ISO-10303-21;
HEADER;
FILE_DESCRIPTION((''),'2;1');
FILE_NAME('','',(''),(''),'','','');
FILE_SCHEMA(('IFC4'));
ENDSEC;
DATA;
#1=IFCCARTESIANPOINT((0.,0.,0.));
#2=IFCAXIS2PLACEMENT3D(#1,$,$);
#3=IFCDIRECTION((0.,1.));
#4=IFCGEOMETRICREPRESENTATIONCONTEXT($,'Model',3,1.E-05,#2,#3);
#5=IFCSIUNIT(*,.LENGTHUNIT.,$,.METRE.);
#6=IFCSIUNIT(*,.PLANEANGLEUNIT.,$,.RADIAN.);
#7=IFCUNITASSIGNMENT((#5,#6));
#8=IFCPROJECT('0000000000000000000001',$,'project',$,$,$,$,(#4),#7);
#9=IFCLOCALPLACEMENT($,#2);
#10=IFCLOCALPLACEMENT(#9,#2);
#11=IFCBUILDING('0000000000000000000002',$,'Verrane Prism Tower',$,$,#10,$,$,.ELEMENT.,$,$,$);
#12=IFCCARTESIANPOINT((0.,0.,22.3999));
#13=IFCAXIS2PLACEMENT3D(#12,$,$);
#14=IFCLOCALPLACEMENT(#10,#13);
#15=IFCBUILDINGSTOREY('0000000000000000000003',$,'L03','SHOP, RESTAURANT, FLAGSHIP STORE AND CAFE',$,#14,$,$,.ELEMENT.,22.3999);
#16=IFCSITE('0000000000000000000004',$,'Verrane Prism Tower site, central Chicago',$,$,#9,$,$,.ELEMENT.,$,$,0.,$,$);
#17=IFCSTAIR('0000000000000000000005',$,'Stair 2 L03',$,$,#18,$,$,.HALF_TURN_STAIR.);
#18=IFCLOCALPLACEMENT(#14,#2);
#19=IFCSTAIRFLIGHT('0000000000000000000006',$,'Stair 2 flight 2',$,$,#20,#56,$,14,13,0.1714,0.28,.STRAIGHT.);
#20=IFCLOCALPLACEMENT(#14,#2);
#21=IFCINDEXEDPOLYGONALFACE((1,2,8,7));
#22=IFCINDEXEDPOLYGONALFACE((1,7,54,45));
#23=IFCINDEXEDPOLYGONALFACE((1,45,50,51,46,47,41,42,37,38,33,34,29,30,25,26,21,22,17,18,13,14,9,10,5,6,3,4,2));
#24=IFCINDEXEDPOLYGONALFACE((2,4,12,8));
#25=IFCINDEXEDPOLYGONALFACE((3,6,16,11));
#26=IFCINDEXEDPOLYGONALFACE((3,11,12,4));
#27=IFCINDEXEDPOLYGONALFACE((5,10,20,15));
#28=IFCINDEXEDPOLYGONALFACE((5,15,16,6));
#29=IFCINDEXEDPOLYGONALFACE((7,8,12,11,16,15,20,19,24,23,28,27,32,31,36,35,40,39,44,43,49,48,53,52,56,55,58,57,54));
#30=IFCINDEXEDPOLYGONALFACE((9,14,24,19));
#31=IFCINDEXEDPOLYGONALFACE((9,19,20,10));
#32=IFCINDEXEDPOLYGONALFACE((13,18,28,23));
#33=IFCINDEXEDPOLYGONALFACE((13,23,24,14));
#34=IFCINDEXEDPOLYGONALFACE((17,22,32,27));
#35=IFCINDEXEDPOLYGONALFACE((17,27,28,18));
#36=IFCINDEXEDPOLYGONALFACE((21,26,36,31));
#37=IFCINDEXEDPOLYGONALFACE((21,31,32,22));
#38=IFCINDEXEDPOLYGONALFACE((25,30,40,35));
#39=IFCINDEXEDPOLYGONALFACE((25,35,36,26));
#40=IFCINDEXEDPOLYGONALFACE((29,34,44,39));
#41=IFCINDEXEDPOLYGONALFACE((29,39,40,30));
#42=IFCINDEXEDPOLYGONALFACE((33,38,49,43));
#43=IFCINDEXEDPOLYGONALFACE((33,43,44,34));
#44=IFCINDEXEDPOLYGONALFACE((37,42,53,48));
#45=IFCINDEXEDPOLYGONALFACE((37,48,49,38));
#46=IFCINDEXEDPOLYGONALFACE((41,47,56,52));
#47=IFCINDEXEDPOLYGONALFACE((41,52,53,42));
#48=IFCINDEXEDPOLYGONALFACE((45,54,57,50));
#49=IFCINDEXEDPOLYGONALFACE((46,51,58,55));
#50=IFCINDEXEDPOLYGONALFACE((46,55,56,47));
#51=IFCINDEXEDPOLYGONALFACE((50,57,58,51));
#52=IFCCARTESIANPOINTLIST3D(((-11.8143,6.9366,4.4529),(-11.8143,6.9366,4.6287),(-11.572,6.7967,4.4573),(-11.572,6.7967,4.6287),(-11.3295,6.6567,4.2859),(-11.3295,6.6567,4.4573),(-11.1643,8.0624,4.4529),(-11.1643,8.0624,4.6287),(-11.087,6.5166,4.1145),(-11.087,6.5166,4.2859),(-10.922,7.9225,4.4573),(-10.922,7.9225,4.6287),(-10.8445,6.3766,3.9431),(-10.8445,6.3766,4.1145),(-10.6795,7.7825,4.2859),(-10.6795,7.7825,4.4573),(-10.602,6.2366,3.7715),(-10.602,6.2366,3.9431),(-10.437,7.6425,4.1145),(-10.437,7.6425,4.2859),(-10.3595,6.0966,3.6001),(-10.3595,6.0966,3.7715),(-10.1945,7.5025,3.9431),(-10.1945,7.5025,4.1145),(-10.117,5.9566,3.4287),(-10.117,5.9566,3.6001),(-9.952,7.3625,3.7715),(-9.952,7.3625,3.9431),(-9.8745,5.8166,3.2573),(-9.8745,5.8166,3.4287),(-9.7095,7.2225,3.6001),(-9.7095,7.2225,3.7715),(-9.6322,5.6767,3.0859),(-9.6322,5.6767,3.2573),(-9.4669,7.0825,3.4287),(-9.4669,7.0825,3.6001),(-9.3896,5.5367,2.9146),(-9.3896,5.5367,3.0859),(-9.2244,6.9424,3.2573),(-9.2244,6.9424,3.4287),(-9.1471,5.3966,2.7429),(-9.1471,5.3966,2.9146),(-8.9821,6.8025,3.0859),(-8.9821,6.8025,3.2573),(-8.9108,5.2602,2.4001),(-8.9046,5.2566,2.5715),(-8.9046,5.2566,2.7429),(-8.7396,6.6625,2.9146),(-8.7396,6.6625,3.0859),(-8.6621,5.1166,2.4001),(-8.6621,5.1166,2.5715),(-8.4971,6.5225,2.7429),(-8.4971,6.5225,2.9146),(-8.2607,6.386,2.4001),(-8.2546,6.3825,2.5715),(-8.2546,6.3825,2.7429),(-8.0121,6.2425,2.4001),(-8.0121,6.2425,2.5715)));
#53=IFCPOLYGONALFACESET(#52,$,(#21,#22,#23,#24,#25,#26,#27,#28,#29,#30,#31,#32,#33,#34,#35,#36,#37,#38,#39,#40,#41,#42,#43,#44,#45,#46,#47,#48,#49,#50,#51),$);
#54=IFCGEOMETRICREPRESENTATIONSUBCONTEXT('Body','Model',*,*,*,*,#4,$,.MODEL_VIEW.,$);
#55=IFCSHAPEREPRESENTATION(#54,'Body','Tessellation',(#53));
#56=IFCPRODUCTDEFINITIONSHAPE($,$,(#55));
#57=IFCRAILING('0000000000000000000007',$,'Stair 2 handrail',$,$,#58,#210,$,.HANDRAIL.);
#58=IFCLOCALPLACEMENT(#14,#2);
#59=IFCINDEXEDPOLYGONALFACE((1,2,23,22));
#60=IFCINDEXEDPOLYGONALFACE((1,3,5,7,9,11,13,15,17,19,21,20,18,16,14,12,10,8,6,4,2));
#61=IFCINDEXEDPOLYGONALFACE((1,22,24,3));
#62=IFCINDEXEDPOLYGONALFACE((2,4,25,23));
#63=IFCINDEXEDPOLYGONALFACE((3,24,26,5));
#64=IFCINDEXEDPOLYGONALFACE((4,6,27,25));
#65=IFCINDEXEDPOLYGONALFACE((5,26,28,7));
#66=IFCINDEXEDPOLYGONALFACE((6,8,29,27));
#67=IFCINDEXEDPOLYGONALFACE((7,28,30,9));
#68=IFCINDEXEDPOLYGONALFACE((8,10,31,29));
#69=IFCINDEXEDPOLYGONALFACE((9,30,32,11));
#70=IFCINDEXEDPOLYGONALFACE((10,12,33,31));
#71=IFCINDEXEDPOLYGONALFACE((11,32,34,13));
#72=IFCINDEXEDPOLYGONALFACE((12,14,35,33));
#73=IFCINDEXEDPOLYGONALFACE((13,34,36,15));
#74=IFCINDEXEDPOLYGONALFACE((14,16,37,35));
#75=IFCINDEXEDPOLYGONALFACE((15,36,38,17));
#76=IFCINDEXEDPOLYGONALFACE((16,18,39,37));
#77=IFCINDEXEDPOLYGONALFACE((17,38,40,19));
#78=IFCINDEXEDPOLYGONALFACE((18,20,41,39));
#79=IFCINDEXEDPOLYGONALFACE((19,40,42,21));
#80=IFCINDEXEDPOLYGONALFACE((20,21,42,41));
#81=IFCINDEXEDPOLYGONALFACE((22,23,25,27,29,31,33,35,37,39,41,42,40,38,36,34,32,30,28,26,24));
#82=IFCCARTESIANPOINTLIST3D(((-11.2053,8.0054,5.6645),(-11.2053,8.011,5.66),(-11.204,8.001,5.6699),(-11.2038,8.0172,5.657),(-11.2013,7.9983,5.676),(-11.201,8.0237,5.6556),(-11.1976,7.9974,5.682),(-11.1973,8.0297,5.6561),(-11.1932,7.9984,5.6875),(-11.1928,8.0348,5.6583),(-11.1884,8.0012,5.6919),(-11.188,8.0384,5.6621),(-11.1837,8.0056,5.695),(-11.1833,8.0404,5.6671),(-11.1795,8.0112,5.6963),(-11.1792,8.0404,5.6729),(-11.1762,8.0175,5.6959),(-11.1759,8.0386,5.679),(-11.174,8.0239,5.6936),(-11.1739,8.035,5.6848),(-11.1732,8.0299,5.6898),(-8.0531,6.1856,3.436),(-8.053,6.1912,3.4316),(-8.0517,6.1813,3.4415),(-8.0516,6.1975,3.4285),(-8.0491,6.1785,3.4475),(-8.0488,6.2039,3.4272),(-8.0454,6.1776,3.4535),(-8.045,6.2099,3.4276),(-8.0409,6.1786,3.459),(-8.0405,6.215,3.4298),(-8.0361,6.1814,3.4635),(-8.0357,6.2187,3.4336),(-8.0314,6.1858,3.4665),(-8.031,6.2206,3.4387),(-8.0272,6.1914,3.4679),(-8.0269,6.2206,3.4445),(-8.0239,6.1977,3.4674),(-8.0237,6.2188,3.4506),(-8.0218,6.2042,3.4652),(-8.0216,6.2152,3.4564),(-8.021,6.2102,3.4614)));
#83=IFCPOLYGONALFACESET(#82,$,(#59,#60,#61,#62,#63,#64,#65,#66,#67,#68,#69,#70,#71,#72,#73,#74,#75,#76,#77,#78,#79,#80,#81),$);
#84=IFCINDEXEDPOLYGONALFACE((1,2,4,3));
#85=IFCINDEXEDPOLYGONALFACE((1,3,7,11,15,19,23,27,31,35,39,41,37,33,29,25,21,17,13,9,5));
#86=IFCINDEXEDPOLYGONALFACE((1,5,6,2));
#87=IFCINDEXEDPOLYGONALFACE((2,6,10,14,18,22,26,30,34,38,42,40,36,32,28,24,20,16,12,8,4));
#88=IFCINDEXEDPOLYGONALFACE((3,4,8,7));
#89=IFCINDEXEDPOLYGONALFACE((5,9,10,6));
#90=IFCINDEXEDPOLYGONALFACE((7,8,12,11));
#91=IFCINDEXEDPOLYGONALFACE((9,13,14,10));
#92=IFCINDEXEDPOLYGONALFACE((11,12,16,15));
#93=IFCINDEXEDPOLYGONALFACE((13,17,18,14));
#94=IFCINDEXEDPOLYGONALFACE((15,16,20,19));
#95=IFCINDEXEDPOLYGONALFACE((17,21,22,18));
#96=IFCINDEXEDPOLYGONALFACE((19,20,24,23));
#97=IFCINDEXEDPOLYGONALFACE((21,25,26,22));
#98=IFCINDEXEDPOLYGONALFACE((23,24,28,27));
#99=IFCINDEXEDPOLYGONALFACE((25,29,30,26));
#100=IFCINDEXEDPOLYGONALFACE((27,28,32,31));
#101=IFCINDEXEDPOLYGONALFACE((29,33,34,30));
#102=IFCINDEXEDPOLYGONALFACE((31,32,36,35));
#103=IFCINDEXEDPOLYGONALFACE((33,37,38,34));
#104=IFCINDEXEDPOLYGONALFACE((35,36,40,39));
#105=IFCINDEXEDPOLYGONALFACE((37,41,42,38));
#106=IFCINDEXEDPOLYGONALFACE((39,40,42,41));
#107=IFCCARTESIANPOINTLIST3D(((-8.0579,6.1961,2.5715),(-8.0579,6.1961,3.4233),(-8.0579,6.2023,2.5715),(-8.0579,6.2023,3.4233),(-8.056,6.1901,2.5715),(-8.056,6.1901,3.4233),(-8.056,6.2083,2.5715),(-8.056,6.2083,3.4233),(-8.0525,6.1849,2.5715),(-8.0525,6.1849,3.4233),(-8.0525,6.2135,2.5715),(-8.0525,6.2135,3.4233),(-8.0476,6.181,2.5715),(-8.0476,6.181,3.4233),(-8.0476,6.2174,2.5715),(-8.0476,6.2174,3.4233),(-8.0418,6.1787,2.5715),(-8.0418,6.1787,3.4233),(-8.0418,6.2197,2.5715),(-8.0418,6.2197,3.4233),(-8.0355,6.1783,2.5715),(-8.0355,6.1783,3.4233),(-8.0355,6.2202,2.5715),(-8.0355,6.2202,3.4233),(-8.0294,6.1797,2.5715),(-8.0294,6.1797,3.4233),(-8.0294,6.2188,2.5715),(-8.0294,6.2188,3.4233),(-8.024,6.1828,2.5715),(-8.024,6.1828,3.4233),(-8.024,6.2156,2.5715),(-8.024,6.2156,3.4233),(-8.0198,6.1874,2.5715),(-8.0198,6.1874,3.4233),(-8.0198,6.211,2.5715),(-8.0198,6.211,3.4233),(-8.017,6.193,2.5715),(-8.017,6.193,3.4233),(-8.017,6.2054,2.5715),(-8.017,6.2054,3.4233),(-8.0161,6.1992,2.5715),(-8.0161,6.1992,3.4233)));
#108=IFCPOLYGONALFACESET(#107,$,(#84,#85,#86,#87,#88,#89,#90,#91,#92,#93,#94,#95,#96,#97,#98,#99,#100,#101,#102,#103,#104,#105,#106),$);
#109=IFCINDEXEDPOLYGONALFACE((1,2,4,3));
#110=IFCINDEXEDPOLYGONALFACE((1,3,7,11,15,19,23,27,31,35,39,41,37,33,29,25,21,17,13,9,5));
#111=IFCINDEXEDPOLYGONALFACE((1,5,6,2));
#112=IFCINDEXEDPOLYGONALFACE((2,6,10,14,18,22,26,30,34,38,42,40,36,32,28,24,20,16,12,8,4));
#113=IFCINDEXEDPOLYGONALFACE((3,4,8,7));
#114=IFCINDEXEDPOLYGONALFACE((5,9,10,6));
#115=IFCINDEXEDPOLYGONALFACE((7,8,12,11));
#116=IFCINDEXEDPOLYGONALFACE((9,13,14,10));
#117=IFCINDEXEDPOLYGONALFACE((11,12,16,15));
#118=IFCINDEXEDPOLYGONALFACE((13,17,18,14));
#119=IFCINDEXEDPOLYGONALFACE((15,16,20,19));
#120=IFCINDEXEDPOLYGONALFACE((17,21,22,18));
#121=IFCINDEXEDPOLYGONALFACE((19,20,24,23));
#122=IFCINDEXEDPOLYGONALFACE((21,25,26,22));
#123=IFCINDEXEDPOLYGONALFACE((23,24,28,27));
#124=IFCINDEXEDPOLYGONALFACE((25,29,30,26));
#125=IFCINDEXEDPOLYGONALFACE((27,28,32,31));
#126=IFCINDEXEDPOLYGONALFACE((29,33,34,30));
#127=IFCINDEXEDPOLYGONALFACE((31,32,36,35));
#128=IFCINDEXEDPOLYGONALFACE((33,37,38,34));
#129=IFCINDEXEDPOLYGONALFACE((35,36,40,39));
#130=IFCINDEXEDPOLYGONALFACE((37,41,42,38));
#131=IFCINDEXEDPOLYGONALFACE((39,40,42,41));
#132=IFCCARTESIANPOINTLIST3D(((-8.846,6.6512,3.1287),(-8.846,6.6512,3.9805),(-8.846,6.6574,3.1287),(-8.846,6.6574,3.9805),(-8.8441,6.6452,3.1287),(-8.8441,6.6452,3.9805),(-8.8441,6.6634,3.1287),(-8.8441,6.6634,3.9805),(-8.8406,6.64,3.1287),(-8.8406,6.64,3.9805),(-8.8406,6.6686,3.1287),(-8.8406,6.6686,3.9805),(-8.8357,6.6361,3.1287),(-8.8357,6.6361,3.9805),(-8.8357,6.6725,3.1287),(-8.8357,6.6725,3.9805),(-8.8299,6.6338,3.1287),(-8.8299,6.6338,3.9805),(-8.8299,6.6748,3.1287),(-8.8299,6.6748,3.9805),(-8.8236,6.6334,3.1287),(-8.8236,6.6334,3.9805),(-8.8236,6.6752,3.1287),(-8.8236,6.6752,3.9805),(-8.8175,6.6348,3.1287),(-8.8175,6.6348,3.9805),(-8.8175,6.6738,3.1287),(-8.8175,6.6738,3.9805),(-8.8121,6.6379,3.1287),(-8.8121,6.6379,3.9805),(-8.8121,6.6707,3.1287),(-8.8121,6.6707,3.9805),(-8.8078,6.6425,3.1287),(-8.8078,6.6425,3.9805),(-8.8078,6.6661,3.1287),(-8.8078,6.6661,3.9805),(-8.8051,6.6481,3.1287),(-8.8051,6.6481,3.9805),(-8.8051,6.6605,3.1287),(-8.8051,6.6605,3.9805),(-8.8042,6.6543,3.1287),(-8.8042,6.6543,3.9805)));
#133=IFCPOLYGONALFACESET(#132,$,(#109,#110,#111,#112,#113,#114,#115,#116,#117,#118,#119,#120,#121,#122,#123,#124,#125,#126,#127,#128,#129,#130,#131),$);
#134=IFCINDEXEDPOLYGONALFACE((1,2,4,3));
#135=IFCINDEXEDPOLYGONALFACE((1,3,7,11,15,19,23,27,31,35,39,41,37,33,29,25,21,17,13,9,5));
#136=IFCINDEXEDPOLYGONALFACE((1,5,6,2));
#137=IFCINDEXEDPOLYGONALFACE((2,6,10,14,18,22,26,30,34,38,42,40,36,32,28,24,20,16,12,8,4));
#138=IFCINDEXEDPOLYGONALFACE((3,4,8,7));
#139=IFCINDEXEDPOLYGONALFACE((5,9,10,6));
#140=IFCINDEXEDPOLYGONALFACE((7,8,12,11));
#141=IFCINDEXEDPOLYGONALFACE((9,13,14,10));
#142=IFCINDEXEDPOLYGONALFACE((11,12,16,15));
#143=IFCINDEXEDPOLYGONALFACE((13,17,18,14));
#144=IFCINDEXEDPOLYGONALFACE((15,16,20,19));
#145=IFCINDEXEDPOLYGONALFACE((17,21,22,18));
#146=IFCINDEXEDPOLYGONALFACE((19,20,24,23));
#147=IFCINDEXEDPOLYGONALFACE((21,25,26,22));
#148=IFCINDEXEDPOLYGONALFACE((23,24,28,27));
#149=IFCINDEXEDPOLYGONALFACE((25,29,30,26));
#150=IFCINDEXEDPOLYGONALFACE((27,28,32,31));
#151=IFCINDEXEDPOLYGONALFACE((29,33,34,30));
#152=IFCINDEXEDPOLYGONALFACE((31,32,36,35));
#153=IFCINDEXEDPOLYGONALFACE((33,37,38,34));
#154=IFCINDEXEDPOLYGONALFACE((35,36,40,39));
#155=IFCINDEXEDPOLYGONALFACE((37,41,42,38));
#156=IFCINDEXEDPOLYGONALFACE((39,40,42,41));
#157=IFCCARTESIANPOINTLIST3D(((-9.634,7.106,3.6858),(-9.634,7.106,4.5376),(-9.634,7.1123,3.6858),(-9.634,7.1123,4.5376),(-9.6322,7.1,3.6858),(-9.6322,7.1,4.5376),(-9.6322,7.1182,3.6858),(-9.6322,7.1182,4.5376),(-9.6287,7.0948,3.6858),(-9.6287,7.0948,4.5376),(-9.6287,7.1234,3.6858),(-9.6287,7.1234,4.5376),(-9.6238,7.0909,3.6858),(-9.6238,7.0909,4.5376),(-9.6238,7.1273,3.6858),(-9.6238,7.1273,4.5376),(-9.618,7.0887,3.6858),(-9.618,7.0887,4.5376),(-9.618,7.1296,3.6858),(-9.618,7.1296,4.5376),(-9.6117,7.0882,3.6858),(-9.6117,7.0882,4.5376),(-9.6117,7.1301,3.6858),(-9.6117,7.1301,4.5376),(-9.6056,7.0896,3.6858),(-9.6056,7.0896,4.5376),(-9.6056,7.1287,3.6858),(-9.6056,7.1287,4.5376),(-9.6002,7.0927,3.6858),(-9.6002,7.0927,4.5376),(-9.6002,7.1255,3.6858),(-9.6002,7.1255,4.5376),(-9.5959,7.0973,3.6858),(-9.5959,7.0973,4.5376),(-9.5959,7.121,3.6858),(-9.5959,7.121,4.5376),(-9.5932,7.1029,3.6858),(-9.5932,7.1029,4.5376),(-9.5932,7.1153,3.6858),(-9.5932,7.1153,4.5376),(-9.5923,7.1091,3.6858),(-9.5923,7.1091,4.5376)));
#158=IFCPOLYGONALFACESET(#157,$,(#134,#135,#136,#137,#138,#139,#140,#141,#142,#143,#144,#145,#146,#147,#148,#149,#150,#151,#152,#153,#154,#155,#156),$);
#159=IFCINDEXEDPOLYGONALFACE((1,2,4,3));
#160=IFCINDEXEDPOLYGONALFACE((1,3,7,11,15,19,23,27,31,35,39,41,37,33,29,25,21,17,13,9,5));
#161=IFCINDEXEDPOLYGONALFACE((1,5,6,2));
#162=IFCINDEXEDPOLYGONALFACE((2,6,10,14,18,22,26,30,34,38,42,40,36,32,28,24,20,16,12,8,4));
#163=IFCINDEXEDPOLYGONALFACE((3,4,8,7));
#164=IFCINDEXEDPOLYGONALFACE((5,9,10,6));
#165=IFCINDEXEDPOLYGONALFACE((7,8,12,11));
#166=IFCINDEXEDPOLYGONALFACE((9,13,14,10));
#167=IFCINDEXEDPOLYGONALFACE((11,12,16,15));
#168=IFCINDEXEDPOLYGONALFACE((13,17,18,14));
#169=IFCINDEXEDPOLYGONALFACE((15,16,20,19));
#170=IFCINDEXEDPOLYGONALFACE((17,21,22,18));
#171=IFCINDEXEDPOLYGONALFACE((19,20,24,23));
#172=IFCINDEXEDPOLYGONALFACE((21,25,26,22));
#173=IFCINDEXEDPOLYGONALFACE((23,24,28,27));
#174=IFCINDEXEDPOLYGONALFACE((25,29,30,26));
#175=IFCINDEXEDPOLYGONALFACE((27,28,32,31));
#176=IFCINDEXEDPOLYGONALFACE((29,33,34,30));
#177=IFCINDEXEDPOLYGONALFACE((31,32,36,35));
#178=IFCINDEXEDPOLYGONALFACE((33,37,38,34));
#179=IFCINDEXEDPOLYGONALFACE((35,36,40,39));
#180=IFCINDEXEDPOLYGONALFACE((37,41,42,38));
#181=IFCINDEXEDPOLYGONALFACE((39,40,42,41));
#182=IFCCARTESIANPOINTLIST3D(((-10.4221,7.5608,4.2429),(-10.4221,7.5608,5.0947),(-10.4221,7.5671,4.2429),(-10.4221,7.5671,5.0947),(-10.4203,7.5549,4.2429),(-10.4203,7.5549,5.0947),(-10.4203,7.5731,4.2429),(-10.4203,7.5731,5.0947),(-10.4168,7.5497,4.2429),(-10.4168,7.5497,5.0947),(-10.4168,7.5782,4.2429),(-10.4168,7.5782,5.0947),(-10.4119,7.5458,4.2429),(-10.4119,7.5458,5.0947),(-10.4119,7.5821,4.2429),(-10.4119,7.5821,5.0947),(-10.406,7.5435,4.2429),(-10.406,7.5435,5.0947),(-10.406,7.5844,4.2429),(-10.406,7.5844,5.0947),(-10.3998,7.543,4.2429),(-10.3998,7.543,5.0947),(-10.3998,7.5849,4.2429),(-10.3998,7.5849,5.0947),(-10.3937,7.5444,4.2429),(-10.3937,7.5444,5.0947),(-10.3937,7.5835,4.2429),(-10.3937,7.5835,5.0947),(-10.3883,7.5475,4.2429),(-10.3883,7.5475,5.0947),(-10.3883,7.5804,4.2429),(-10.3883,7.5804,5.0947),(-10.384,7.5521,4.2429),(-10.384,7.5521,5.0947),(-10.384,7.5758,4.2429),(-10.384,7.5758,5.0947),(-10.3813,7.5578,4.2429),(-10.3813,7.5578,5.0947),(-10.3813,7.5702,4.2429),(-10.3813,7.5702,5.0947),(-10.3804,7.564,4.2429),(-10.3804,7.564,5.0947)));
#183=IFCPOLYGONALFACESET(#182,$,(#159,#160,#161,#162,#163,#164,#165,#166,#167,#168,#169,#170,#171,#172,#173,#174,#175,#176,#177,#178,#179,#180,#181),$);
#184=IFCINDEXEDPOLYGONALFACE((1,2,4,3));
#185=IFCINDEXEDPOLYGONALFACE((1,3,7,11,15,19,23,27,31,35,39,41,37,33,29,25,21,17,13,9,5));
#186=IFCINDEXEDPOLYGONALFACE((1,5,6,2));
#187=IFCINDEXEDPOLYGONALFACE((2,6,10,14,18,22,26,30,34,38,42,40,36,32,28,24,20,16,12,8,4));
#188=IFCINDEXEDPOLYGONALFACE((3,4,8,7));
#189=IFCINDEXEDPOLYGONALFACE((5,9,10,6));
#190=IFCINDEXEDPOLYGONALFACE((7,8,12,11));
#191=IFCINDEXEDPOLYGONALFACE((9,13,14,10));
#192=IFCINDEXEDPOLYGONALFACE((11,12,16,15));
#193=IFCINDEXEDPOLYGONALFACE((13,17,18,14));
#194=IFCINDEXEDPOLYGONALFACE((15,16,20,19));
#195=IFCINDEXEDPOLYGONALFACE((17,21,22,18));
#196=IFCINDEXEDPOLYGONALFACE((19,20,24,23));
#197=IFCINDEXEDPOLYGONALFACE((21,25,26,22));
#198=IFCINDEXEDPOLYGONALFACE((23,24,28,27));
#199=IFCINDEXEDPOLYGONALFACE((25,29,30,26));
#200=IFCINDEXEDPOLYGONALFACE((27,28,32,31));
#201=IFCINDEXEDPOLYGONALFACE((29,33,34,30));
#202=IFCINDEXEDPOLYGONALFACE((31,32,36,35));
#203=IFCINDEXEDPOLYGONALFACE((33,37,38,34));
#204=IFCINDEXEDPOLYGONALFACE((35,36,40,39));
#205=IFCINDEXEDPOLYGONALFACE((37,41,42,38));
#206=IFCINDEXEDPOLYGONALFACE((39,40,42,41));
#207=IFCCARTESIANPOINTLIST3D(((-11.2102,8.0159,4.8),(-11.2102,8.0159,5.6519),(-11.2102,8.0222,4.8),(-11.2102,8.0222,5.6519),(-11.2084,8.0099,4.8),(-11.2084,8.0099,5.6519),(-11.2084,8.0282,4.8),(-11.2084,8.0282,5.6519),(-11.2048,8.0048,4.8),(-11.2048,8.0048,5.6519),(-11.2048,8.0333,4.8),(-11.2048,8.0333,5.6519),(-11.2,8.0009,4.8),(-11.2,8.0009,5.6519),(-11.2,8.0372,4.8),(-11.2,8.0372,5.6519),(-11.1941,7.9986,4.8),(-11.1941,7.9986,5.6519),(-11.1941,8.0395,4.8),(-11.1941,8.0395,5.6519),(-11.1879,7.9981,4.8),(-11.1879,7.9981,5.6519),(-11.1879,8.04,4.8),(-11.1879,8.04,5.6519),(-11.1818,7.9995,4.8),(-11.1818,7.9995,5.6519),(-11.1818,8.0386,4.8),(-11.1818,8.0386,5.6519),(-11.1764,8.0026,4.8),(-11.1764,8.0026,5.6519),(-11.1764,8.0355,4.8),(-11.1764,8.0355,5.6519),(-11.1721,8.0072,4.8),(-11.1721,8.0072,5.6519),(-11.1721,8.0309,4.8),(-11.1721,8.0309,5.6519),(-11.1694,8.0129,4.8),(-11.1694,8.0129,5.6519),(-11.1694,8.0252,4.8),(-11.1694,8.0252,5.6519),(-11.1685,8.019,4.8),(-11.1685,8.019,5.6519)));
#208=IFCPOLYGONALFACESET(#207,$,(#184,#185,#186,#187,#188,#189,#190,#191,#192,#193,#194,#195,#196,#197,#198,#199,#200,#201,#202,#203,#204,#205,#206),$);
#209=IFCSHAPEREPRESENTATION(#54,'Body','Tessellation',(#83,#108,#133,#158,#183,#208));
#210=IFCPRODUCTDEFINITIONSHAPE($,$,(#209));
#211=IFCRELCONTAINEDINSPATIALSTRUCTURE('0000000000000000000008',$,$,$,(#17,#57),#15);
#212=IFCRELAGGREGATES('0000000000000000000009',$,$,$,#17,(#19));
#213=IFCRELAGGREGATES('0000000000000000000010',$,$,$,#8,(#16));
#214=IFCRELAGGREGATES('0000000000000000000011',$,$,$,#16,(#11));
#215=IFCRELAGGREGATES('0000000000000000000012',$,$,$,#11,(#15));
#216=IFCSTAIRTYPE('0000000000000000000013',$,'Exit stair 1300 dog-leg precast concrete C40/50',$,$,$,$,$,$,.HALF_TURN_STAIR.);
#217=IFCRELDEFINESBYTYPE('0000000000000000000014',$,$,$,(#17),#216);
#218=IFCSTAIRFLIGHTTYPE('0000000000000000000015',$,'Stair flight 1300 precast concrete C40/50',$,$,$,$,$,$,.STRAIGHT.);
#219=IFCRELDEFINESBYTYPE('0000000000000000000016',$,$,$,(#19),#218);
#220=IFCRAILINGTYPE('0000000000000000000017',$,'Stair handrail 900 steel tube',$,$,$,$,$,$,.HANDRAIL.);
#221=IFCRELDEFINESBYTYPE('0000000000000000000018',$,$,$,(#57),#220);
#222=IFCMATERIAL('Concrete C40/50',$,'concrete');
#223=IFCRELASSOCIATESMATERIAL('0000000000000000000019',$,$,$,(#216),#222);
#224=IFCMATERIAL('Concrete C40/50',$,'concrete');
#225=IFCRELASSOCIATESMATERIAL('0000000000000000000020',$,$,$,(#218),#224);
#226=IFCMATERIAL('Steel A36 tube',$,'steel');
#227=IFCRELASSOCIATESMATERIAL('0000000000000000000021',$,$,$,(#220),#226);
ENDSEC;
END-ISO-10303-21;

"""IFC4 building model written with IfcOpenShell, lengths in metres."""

from ifc_helpers import new_model, si_unit, direction, frame, origin, origin_2d, place, context, subcontext, project, spatial, polyline, circle, outline, extrude, material, type_object, element, aggregate, save


model = new_model("IFC4")

# Units and contexts
model_context = context("Model", 3, precision=1e-05, world=origin(), true_north=direction((0.0, 1.0)))
body_context = subcontext(model_context, "Body", "Model", "MODEL_VIEW")
ifc_project = project(units=[si_unit("LENGTHUNIT", "METRE"), si_unit("PLANEANGLEUNIT", "RADIAN")], contexts=[model_context])

# Site, building, storey
site_placement = place(None, origin())
site = spatial("IfcSite", under=ifc_project, at=site_placement, Name="Verrane Prism Tower site, central Chicago", CompositionType="ELEMENT", RefElevation=0.0)
building_placement = place(site_placement, origin())
building = spatial("IfcBuilding", under=site, at=building_placement, Name="Verrane Prism Tower", CompositionType="ELEMENT")
storey_placement = place(building_placement, frame((0.0, 0.0, 22.3999)))
storey = spatial("IfcBuildingStorey", under=building, at=storey_placement, Name="L03", Description="SHOP, RESTAURANT, FLAGSHIP STORE AND CAFE", CompositionType="ELEMENT", Elevation=22.3999)

# Stair, stair flight
ifc_material_1 = material(Name="Concrete C40/50", Category="concrete")
stair_type = type_object("IfcStairType", Name="Exit stair 1300 dog-leg precast concrete C40/50", PredefinedType="HALF_TURN_STAIR", material=ifc_material_1)
stair_placement = place(storey_placement, origin())
stair = element("IfcStair", 1, at=stair_placement, inside=storey, type_object=stair_type, Name="Stair 2 L03", PredefinedType="HALF_TURN_STAIR")
ifc_material_2 = material(Name="Concrete C40/50", Category="concrete")
stair_flight_type = type_object("IfcStairFlightType", Name="Stair flight 1300 precast concrete C40/50", PredefinedType="STRAIGHT", material=ifc_material_2)
stair_flight_placement = place(storey_placement, frame((-8.3372, 5.6794, 2.4001), z_axis=(0.0, 0.0, 1.0), x_axis=(-0.866025, 0.5, 0.0)))
stair_flight = element("IfcStairFlight", 2, at=stair_flight_placement, type_object=stair_flight_type, Name="Stair 2 flight 2", NumberOfRisers=14, NumberOfTreads=13, PredefinedType="STRAIGHT", RiserHeight=0.1714, TreadLength=0.28, context=body_context, shape_type="SweptSolid", body=[
    extrude(outline(polyline([(0.0, 0.0), (0.0, 0.1714), (0.28, 0.1714), (0.28, 0.3428), (0.5601, 0.3428), (0.5601, 0.5144), (0.8401, 0.5144), (0.8401, 0.6858), (1.1201, 0.6858), (1.1201, 0.8572), (1.3999, 0.8572), (1.3999, 1.0286), (1.6799, 1.0286), (1.6799, 1.2), (1.96, 1.2), (1.96, 1.3713), (2.24, 1.3713), (2.24, 1.543), (2.52, 1.543), (2.52, 1.7144), (2.8, 1.7144), (2.8, 1.8857), (3.0801, 1.8857), (3.0801, 2.0571), (3.3601, 2.0571), (3.3601, 2.2285), (3.6399, 2.2285), (3.6399, 2.3999), (3.6399, 2.0527), (0.2871, 0.0), (0.0, 0.0)])), frame((0.0, 0.6499, 0.0), z_axis=(0.0, -1.0, 0.0), x_axis=(1.0, 0.0, 0.0)), (0.0, 0.0, 1.0), 1.3),
])
aggregate(stair, [stair_flight])

# Railing
ifc_material_3 = material(Name="Steel A36 tube", Category="steel")
railing_type = type_object("IfcRailingType", Name="Stair handrail 900 steel tube", PredefinedType="HANDRAIL", material=ifc_material_3)
railing_placement = place(storey_placement, frame((-8.0371, 6.1992, 2.5715)))
element("IfcRailing", 3, at=railing_placement, inside=storey, type_object=railing_type, Name="Stair 2 handrail", PredefinedType="HANDRAIL", context=body_context, shape_type="SweptSolid", body=[
    extrude(circle(Radius=0.0239, at=origin_2d()), frame((0.0, 0.0, 0.876), z_axis=(-0.73861, 0.426394, 0.522153), x_axis=(-0.499962, -0.866047, 0.0)), (0.0, 0.0, 1.0), 4.2678),
    extrude(circle(Radius=0.021, at=origin_2d()), origin(), (0.0, 0.0, 1.0), 0.8518),
    extrude(circle(Radius=0.021, at=origin_2d()), frame((-0.7881, 0.4551, 0.5571)), (0.0, 0.0, 1.0), 0.8518),
    extrude(circle(Radius=0.021, at=origin_2d()), frame((-1.5762, 0.9099, 1.1143)), (0.0, 0.0, 1.0), 0.8518),
    extrude(circle(Radius=0.021, at=origin_2d()), frame((-2.3643, 1.3647, 1.6714)), (0.0, 0.0, 1.0), 0.8518),
    extrude(circle(Radius=0.021, at=origin_2d()), frame((-3.1523, 1.8198, 2.2285)), (0.0, 0.0, 1.0), 0.8518),
])

save(model, "model.ifc")
